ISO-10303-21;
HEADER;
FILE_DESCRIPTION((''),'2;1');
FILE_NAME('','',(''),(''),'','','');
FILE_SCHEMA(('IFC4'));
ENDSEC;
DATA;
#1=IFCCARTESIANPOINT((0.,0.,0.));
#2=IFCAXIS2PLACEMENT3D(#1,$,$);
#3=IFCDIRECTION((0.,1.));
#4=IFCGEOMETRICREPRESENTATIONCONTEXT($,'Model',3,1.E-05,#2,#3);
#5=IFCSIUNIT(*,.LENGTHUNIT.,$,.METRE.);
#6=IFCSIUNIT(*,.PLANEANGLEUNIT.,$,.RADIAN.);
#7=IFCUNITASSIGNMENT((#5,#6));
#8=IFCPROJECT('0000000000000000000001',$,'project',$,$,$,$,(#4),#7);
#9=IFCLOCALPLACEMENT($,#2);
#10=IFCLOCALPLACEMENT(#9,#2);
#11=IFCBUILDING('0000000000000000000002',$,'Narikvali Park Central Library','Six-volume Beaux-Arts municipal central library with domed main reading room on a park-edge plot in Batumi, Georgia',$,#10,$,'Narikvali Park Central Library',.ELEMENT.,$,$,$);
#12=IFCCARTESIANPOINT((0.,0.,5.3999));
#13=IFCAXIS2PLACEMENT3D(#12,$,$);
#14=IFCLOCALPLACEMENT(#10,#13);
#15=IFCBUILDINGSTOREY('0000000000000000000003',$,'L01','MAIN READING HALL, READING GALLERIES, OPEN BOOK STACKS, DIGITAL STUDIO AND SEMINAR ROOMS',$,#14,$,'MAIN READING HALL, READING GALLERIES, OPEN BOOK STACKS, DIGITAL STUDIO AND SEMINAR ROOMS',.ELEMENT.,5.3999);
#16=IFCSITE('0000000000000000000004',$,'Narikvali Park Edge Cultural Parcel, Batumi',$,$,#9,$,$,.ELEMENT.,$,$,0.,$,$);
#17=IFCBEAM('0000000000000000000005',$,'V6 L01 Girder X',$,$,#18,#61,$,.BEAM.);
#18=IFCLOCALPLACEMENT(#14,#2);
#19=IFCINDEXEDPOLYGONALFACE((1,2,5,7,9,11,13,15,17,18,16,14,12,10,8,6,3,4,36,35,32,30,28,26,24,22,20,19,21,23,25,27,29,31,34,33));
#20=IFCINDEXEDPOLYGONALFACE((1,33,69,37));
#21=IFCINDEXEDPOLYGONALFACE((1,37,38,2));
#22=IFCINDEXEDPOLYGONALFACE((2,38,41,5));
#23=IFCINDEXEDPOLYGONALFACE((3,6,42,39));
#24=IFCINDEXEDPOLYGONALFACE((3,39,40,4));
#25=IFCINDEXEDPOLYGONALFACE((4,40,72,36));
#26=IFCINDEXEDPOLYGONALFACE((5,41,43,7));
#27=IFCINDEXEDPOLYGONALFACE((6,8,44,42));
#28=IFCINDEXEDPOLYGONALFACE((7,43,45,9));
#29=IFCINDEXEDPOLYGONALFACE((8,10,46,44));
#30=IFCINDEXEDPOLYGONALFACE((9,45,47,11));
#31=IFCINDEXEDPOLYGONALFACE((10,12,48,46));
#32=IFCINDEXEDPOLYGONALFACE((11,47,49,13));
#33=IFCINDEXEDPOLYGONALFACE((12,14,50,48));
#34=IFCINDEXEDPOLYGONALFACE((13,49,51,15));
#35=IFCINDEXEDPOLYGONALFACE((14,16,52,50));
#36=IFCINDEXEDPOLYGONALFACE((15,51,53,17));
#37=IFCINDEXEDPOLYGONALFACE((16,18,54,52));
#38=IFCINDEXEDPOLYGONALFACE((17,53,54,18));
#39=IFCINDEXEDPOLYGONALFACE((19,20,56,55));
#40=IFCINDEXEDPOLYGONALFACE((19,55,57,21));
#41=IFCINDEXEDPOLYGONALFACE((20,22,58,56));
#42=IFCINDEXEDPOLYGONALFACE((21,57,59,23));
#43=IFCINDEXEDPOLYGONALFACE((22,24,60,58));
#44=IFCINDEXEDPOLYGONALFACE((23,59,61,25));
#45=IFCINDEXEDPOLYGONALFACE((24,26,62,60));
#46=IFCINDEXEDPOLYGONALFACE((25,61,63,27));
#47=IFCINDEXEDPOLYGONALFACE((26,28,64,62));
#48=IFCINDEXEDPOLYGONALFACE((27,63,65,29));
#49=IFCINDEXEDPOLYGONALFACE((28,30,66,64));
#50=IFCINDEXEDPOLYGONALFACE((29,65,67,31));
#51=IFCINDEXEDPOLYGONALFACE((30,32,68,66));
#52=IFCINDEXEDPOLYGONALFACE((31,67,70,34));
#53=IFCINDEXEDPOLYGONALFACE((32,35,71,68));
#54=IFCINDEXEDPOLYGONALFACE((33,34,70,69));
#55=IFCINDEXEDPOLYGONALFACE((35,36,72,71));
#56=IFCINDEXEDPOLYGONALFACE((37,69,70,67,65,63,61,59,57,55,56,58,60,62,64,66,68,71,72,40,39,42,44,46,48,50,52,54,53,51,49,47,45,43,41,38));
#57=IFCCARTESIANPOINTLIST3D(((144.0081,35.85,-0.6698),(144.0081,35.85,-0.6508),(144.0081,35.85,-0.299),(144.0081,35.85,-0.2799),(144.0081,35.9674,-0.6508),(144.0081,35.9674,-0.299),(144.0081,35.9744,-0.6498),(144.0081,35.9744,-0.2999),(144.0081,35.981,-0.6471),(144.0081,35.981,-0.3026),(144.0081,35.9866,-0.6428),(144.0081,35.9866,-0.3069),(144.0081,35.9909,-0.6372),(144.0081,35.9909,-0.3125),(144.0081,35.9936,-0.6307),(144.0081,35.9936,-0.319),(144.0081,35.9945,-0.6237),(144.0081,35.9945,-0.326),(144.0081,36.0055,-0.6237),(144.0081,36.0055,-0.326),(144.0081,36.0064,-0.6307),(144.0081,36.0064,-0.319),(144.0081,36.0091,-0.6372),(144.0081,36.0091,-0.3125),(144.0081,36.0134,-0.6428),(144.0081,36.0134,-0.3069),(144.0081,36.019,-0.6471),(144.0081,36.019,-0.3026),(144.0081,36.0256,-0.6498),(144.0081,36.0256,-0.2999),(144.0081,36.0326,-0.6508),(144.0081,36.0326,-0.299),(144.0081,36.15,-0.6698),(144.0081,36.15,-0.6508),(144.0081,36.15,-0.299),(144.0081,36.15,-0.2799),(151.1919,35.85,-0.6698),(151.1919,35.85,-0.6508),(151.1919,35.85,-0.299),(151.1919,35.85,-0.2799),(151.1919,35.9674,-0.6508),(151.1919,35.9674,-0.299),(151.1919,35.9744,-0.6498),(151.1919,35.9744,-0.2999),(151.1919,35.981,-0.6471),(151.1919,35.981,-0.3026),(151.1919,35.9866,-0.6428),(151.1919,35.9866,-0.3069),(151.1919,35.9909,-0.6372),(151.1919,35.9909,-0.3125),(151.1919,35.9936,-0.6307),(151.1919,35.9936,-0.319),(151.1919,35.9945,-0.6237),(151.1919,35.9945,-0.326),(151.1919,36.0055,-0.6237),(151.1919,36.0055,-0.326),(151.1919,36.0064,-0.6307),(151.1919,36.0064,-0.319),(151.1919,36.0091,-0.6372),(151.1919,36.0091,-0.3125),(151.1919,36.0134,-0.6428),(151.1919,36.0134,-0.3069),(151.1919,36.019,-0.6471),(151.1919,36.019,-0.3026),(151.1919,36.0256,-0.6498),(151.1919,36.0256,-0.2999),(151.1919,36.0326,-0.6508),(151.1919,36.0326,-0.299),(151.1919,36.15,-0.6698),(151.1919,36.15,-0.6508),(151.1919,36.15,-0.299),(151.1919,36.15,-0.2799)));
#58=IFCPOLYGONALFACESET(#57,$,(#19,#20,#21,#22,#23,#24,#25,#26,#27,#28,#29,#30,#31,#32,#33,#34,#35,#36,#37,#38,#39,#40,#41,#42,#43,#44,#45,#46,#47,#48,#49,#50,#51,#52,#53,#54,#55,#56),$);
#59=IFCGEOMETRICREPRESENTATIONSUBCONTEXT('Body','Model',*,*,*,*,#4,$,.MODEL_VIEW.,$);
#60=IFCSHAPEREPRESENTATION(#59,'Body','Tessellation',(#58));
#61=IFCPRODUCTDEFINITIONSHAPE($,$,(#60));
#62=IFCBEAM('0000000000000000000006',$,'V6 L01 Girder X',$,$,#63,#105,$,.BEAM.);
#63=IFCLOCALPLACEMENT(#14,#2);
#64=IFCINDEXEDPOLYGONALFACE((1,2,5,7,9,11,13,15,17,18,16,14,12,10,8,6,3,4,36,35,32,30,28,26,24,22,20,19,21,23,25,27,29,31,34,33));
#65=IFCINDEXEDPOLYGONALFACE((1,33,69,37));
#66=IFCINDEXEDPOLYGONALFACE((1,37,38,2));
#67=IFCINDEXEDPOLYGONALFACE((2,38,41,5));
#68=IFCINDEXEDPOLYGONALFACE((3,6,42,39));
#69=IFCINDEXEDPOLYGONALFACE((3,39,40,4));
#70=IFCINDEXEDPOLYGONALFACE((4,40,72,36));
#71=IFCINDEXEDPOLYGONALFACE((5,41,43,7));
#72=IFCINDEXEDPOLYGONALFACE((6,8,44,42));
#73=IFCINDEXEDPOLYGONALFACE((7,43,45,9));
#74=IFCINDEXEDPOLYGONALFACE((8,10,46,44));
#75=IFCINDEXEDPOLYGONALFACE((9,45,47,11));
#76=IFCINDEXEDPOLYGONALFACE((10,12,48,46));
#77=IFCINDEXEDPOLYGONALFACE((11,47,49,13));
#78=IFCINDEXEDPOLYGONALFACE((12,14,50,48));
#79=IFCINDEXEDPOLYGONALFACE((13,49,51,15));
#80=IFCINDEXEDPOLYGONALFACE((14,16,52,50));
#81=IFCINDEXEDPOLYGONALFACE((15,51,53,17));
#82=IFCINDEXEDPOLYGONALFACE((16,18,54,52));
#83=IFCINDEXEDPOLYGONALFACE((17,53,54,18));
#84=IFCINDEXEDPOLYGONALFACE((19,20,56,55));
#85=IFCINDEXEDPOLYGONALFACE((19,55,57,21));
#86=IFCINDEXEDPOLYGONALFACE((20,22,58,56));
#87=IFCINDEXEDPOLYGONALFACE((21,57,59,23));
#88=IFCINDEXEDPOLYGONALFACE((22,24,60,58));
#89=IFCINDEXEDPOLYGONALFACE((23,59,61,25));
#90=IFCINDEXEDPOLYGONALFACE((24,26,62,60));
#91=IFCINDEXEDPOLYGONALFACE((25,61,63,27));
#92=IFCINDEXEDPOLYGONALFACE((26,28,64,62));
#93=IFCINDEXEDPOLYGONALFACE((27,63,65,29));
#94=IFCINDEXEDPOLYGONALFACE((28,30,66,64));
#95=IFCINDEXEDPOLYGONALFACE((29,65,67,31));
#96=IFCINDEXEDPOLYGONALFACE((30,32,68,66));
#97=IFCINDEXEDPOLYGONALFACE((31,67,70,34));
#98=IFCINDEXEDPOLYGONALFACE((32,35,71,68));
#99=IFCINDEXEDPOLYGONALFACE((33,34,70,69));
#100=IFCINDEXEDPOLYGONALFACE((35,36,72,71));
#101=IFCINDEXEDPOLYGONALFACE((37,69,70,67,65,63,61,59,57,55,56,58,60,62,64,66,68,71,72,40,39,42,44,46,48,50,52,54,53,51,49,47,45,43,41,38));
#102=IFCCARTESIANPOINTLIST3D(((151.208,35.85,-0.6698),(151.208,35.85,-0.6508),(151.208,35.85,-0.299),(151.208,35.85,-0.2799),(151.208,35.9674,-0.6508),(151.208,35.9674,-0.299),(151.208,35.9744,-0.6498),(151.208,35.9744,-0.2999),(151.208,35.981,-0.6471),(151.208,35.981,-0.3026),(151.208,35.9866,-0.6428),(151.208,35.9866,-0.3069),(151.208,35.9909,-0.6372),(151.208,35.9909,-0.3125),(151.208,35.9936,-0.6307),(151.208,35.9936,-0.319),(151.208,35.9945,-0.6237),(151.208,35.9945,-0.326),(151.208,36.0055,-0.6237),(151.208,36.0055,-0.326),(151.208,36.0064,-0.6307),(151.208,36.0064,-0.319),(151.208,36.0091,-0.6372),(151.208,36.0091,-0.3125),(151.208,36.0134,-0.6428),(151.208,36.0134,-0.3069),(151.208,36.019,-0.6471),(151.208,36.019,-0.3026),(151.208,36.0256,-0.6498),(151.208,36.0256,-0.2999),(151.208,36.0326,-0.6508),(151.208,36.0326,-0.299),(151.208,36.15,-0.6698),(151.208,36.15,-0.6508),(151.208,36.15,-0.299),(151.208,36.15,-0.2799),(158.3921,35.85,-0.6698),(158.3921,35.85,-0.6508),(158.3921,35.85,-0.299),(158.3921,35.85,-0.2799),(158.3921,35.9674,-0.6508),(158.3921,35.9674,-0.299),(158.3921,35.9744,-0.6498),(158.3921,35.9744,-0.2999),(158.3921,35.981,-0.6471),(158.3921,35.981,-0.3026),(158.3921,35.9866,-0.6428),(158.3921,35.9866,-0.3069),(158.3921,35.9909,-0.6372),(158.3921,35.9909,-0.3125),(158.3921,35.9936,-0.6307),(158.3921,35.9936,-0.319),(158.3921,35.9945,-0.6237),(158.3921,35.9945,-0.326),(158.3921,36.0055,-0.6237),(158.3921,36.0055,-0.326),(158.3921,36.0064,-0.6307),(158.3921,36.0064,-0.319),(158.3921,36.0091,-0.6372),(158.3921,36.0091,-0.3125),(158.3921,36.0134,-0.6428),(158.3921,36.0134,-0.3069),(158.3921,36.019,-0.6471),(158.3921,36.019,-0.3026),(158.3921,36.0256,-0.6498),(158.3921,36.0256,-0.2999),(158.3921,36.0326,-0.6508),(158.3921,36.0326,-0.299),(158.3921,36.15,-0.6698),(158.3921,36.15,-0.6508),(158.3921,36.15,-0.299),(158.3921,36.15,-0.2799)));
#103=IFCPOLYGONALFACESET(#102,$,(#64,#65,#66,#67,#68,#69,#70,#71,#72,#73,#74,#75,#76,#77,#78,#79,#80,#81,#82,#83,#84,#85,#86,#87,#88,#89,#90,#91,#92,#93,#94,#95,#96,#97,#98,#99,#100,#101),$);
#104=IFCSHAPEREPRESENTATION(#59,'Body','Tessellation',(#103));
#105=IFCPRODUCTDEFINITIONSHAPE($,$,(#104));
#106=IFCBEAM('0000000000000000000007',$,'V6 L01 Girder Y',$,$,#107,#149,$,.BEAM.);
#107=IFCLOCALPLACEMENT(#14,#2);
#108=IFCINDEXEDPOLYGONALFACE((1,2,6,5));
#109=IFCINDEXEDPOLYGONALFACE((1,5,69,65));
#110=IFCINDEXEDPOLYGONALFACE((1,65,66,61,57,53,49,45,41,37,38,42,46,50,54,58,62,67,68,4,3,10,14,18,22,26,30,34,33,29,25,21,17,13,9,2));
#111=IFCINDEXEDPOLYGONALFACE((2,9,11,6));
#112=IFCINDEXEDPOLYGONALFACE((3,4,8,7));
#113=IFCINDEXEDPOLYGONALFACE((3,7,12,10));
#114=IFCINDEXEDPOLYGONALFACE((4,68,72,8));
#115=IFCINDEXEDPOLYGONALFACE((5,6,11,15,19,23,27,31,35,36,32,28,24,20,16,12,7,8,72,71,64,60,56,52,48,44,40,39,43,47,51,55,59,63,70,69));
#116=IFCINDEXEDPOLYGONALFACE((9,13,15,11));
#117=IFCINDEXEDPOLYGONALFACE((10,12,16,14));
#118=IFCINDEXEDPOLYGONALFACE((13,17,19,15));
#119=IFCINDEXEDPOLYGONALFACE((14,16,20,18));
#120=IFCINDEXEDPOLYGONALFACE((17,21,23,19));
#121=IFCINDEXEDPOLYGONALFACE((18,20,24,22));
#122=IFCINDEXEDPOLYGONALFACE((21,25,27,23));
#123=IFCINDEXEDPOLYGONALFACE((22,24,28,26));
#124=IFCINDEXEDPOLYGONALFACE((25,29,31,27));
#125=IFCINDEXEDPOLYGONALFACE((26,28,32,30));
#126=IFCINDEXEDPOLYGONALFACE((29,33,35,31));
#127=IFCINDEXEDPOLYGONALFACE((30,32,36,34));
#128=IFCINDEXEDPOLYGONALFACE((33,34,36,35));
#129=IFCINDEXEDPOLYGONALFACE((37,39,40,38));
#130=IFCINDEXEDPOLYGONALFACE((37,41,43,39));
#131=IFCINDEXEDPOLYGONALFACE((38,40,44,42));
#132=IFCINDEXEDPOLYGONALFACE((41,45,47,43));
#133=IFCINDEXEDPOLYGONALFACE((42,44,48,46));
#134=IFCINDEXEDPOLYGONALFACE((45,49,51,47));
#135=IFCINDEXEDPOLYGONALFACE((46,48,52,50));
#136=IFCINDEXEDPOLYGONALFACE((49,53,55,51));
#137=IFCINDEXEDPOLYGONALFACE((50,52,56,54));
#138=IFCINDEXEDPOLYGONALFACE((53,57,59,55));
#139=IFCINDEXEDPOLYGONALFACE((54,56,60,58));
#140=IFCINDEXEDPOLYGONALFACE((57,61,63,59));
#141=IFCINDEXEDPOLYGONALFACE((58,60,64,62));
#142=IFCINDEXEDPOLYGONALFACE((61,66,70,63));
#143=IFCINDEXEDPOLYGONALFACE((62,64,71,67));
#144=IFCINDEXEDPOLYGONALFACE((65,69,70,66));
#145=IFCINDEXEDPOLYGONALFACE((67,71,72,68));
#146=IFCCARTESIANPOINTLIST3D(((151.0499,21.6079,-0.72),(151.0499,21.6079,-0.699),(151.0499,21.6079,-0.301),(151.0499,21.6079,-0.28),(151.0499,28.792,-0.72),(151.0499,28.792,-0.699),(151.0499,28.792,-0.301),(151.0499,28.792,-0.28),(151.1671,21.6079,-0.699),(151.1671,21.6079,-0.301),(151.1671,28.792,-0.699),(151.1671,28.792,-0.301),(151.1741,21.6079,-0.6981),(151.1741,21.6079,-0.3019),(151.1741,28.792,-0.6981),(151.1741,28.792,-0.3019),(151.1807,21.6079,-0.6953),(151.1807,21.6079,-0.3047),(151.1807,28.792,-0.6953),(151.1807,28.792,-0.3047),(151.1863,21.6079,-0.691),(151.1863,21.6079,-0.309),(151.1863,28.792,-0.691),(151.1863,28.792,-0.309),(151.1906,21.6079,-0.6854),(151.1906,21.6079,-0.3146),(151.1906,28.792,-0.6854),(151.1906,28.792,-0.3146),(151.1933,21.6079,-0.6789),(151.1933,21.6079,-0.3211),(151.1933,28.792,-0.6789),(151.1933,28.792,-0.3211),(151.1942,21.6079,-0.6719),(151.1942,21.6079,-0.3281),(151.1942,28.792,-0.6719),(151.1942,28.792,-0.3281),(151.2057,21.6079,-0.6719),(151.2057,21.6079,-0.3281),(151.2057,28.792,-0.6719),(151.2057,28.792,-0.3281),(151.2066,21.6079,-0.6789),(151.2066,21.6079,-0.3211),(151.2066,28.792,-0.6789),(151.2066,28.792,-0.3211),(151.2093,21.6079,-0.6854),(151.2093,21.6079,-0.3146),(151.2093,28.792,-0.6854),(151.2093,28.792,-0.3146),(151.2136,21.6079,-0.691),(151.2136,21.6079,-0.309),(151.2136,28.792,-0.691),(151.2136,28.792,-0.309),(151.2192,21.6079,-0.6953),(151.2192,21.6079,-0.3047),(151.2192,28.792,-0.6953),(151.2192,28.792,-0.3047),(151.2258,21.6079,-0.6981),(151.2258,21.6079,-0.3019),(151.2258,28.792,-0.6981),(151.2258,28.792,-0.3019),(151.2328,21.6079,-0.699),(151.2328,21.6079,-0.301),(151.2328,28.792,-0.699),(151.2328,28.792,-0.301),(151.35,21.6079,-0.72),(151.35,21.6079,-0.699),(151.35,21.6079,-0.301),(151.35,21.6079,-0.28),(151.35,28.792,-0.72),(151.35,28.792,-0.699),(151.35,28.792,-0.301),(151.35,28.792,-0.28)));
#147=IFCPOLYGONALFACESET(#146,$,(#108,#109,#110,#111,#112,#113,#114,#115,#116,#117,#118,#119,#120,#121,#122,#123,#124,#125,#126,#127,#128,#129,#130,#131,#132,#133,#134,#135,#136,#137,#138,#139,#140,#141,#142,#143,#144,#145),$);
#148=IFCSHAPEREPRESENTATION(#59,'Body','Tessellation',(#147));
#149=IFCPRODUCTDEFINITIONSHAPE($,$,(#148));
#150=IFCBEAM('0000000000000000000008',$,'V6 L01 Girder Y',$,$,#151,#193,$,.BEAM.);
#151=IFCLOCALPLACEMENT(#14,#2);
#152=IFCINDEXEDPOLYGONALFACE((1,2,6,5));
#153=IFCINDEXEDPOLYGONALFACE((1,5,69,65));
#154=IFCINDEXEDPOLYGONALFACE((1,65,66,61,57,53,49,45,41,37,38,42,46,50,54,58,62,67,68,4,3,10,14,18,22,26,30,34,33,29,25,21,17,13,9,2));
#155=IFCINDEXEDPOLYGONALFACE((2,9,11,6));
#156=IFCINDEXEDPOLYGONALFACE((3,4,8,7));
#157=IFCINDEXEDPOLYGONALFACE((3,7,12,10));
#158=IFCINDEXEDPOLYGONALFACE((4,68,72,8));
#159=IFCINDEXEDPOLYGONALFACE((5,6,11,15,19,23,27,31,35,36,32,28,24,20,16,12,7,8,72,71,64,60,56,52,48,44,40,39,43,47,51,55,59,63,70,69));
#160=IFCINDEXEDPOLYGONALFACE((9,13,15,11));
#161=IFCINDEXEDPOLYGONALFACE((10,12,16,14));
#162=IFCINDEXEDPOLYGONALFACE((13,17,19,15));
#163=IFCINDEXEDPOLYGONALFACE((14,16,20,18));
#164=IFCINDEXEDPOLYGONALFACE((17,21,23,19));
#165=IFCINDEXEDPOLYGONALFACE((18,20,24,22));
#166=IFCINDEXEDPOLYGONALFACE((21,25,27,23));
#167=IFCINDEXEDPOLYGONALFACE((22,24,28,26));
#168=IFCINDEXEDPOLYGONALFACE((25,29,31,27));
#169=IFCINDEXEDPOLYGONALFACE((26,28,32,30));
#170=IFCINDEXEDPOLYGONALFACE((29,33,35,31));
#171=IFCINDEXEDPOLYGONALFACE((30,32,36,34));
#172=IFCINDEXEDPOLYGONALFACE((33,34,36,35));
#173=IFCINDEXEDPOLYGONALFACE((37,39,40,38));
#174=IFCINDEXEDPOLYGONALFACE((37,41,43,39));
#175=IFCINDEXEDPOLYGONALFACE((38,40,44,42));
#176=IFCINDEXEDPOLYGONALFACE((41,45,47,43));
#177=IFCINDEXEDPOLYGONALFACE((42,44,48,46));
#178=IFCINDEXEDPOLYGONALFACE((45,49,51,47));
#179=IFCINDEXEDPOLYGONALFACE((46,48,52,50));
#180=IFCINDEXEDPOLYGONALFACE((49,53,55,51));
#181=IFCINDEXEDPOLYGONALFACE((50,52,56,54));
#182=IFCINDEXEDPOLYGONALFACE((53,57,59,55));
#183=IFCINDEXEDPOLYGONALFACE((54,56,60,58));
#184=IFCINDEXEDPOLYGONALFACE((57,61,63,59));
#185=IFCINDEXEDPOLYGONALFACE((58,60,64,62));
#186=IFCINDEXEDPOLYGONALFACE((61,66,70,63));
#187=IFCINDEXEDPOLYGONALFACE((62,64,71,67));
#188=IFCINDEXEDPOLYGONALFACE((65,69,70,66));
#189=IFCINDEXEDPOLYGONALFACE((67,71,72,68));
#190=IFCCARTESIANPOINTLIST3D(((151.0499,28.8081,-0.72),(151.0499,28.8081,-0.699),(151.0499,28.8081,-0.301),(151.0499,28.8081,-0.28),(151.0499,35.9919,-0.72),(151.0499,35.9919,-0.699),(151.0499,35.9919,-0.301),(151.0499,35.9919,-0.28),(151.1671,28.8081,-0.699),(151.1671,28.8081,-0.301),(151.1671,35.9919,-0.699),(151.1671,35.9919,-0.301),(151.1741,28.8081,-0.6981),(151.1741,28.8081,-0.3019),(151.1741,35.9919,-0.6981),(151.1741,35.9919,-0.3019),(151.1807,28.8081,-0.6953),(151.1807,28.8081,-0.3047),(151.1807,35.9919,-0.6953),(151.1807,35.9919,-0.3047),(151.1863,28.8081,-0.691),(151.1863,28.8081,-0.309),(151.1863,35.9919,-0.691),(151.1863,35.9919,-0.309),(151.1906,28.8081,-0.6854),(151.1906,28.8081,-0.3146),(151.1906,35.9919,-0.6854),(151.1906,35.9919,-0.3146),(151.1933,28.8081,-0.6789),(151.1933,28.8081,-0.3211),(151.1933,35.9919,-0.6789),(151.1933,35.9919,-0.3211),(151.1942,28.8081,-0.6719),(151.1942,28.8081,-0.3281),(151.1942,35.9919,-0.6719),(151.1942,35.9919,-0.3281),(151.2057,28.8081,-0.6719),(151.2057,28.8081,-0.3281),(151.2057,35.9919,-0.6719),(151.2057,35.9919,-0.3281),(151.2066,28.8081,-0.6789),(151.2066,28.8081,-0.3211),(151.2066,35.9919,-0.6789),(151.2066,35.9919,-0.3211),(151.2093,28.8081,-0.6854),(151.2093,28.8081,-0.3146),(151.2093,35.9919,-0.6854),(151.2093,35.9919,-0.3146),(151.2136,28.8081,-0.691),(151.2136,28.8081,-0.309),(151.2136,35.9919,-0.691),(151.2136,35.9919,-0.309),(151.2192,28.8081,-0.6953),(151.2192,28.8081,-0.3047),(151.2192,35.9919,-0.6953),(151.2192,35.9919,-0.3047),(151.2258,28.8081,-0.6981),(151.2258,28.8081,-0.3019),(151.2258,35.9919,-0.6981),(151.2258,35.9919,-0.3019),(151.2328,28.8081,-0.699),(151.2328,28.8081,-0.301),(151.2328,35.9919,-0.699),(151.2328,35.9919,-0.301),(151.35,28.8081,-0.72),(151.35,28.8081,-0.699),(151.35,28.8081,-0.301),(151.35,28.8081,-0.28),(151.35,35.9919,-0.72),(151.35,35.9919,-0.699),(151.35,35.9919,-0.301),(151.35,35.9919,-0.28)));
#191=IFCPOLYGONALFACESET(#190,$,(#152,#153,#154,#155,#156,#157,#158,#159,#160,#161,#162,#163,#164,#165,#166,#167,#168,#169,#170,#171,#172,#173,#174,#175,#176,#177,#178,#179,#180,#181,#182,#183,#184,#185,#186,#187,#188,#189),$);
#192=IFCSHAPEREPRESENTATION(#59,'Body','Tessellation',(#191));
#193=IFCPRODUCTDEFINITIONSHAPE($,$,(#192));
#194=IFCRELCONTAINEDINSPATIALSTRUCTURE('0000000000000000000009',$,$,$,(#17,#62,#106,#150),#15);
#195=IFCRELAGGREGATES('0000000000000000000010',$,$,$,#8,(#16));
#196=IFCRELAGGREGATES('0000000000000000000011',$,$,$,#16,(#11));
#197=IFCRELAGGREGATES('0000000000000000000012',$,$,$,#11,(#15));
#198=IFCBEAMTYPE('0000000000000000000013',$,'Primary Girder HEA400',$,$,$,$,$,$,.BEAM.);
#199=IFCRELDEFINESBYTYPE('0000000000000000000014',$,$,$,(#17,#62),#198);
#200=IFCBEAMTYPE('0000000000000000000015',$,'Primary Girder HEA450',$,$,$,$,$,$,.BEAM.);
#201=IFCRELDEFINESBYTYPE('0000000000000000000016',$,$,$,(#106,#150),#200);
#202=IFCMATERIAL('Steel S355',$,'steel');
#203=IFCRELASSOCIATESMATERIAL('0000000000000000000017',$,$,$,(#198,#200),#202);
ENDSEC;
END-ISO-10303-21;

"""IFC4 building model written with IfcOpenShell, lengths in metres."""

from ifc_helpers import new_model, si_unit, direction, frame, origin, origin_2d, place, context, subcontext, project, spatial, i_section, extrude, material, material_profile, profile_set, type_object, element, save


model = new_model("IFC4")

# Units and contexts
model_context = context("Model", 3, precision=1e-05, world=origin(), true_north=direction((0.0, 1.0)))
body_context = subcontext(model_context, "Body", "Model", "MODEL_VIEW")
ifc_project = project(units=[si_unit("LENGTHUNIT", "METRE"), si_unit("PLANEANGLEUNIT", "RADIAN")], contexts=[model_context])

# Site, building, storey
site_placement = place(None, origin())
site = spatial("IfcSite", under=ifc_project, at=site_placement, Name="Narikvali Park Edge Cultural Parcel, Batumi", CompositionType="ELEMENT", RefElevation=0.0)
building_placement = place(site_placement, origin())
building = spatial("IfcBuilding", under=site, at=building_placement, Name="Narikvali Park Central Library", Description="Six-volume Beaux-Arts municipal central library with domed main reading room on a park-edge plot in Batumi, Georgia", LongName="Narikvali Park Central Library", CompositionType="ELEMENT")
storey_placement = place(building_placement, frame((0.0, 0.0, 5.3999)))
storey = spatial("IfcBuildingStorey", under=building, at=storey_placement, Name="L01", Description="MAIN READING HALL, READING GALLERIES, OPEN BOOK STACKS, DIGITAL STUDIO AND SEMINAR ROOMS", LongName="MAIN READING HALL, READING GALLERIES, OPEN BOOK STACKS, DIGITAL STUDIO AND SEMINAR ROOMS", CompositionType="ELEMENT", Elevation=5.3999)

# Shared definitions
ifc_material_1 = material(Name="Steel S355", Category="steel")

# Beams
ifc_material_profile_1 = material_profile(ifc_material_1, i_section(OverallWidth=0.3, OverallDepth=0.3899, WebThickness=0.011, FlangeThickness=0.019, FilletRadius=0.0271, at=origin_2d()), Name="HEA 400")
ifc_profile_set_1 = profile_set([ifc_material_profile_1], Name="Steel S355")
beam_type_1 = type_object("IfcBeamType", Name="Primary Girder HEA400", PredefinedType="BEAM", material=ifc_profile_set_1)
beam_1_placement = place(storey_placement, frame((144.0081, 36.0, -0.4749), z_axis=(1.0, 0.0, 0.0), x_axis=(0.0, 1.0, 0.0)))
element("IfcBeam", 1, at=beam_1_placement, inside=storey, type_object=beam_type_1, Name="V6 L01 Girder X", PredefinedType="BEAM", context=body_context, shape_type="SweptSolid", body=[
    extrude(i_section(OverallWidth=0.3, OverallDepth=0.3899, WebThickness=0.011, FlangeThickness=0.019, FilletRadius=0.0271, at=origin_2d()), origin(), (0.0, 0.0, 1.0), 7.1838),
])
beam_2_placement = place(storey_placement, frame((151.208, 36.0, -0.4749), z_axis=(1.0, 0.0, 0.0), x_axis=(0.0, 1.0, 0.0)))
element("IfcBeam", 2, at=beam_2_placement, inside=storey, type_object=beam_type_1, Name="V6 L01 Girder X", PredefinedType="BEAM", context=body_context, shape_type="SweptSolid", body=[
    extrude(i_section(OverallWidth=0.3, OverallDepth=0.3899, WebThickness=0.011, FlangeThickness=0.019, FilletRadius=0.0271, at=origin_2d()), origin(), (0.0, 0.0, 1.0), 7.1841),
])
ifc_material_profile_2 = material_profile(ifc_material_1, i_section(OverallWidth=0.3, OverallDepth=0.4399, WebThickness=0.0115, FlangeThickness=0.021, FilletRadius=0.0271, at=origin_2d()), Name="HEA 450")
ifc_profile_set_2 = profile_set([ifc_material_profile_2], Name="Steel S355")
beam_type_2 = type_object("IfcBeamType", Name="Primary Girder HEA450", PredefinedType="BEAM", material=ifc_profile_set_2)
beam_3_placement = place(storey_placement, frame((151.2, 21.6079, -0.5), z_axis=(0.0, 1.0, 0.0), x_axis=(-1.0, 0.0, 0.0)))
element("IfcBeam", 3, at=beam_3_placement, inside=storey, type_object=beam_type_2, Name="V6 L01 Girder Y", PredefinedType="BEAM", context=body_context, shape_type="SweptSolid", body=[
    extrude(i_section(OverallWidth=0.3, OverallDepth=0.4399, WebThickness=0.0115, FlangeThickness=0.021, FilletRadius=0.0271, at=origin_2d()), origin(), (0.0, 0.0, 1.0), 7.1841),
])
beam_4_placement = place(storey_placement, frame((151.2, 28.8081, -0.5), z_axis=(0.0, 1.0, 0.0), x_axis=(-1.0, 0.0, 0.0)))
element("IfcBeam", 4, at=beam_4_placement, inside=storey, type_object=beam_type_2, Name="V6 L01 Girder Y", PredefinedType="BEAM", context=body_context, shape_type="SweptSolid", body=[
    extrude(i_section(OverallWidth=0.3, OverallDepth=0.4399, WebThickness=0.0115, FlangeThickness=0.021, FilletRadius=0.0271, at=origin_2d()), origin(), (0.0, 0.0, 1.0), 7.1838),
])

save(model, "model.ifc")
